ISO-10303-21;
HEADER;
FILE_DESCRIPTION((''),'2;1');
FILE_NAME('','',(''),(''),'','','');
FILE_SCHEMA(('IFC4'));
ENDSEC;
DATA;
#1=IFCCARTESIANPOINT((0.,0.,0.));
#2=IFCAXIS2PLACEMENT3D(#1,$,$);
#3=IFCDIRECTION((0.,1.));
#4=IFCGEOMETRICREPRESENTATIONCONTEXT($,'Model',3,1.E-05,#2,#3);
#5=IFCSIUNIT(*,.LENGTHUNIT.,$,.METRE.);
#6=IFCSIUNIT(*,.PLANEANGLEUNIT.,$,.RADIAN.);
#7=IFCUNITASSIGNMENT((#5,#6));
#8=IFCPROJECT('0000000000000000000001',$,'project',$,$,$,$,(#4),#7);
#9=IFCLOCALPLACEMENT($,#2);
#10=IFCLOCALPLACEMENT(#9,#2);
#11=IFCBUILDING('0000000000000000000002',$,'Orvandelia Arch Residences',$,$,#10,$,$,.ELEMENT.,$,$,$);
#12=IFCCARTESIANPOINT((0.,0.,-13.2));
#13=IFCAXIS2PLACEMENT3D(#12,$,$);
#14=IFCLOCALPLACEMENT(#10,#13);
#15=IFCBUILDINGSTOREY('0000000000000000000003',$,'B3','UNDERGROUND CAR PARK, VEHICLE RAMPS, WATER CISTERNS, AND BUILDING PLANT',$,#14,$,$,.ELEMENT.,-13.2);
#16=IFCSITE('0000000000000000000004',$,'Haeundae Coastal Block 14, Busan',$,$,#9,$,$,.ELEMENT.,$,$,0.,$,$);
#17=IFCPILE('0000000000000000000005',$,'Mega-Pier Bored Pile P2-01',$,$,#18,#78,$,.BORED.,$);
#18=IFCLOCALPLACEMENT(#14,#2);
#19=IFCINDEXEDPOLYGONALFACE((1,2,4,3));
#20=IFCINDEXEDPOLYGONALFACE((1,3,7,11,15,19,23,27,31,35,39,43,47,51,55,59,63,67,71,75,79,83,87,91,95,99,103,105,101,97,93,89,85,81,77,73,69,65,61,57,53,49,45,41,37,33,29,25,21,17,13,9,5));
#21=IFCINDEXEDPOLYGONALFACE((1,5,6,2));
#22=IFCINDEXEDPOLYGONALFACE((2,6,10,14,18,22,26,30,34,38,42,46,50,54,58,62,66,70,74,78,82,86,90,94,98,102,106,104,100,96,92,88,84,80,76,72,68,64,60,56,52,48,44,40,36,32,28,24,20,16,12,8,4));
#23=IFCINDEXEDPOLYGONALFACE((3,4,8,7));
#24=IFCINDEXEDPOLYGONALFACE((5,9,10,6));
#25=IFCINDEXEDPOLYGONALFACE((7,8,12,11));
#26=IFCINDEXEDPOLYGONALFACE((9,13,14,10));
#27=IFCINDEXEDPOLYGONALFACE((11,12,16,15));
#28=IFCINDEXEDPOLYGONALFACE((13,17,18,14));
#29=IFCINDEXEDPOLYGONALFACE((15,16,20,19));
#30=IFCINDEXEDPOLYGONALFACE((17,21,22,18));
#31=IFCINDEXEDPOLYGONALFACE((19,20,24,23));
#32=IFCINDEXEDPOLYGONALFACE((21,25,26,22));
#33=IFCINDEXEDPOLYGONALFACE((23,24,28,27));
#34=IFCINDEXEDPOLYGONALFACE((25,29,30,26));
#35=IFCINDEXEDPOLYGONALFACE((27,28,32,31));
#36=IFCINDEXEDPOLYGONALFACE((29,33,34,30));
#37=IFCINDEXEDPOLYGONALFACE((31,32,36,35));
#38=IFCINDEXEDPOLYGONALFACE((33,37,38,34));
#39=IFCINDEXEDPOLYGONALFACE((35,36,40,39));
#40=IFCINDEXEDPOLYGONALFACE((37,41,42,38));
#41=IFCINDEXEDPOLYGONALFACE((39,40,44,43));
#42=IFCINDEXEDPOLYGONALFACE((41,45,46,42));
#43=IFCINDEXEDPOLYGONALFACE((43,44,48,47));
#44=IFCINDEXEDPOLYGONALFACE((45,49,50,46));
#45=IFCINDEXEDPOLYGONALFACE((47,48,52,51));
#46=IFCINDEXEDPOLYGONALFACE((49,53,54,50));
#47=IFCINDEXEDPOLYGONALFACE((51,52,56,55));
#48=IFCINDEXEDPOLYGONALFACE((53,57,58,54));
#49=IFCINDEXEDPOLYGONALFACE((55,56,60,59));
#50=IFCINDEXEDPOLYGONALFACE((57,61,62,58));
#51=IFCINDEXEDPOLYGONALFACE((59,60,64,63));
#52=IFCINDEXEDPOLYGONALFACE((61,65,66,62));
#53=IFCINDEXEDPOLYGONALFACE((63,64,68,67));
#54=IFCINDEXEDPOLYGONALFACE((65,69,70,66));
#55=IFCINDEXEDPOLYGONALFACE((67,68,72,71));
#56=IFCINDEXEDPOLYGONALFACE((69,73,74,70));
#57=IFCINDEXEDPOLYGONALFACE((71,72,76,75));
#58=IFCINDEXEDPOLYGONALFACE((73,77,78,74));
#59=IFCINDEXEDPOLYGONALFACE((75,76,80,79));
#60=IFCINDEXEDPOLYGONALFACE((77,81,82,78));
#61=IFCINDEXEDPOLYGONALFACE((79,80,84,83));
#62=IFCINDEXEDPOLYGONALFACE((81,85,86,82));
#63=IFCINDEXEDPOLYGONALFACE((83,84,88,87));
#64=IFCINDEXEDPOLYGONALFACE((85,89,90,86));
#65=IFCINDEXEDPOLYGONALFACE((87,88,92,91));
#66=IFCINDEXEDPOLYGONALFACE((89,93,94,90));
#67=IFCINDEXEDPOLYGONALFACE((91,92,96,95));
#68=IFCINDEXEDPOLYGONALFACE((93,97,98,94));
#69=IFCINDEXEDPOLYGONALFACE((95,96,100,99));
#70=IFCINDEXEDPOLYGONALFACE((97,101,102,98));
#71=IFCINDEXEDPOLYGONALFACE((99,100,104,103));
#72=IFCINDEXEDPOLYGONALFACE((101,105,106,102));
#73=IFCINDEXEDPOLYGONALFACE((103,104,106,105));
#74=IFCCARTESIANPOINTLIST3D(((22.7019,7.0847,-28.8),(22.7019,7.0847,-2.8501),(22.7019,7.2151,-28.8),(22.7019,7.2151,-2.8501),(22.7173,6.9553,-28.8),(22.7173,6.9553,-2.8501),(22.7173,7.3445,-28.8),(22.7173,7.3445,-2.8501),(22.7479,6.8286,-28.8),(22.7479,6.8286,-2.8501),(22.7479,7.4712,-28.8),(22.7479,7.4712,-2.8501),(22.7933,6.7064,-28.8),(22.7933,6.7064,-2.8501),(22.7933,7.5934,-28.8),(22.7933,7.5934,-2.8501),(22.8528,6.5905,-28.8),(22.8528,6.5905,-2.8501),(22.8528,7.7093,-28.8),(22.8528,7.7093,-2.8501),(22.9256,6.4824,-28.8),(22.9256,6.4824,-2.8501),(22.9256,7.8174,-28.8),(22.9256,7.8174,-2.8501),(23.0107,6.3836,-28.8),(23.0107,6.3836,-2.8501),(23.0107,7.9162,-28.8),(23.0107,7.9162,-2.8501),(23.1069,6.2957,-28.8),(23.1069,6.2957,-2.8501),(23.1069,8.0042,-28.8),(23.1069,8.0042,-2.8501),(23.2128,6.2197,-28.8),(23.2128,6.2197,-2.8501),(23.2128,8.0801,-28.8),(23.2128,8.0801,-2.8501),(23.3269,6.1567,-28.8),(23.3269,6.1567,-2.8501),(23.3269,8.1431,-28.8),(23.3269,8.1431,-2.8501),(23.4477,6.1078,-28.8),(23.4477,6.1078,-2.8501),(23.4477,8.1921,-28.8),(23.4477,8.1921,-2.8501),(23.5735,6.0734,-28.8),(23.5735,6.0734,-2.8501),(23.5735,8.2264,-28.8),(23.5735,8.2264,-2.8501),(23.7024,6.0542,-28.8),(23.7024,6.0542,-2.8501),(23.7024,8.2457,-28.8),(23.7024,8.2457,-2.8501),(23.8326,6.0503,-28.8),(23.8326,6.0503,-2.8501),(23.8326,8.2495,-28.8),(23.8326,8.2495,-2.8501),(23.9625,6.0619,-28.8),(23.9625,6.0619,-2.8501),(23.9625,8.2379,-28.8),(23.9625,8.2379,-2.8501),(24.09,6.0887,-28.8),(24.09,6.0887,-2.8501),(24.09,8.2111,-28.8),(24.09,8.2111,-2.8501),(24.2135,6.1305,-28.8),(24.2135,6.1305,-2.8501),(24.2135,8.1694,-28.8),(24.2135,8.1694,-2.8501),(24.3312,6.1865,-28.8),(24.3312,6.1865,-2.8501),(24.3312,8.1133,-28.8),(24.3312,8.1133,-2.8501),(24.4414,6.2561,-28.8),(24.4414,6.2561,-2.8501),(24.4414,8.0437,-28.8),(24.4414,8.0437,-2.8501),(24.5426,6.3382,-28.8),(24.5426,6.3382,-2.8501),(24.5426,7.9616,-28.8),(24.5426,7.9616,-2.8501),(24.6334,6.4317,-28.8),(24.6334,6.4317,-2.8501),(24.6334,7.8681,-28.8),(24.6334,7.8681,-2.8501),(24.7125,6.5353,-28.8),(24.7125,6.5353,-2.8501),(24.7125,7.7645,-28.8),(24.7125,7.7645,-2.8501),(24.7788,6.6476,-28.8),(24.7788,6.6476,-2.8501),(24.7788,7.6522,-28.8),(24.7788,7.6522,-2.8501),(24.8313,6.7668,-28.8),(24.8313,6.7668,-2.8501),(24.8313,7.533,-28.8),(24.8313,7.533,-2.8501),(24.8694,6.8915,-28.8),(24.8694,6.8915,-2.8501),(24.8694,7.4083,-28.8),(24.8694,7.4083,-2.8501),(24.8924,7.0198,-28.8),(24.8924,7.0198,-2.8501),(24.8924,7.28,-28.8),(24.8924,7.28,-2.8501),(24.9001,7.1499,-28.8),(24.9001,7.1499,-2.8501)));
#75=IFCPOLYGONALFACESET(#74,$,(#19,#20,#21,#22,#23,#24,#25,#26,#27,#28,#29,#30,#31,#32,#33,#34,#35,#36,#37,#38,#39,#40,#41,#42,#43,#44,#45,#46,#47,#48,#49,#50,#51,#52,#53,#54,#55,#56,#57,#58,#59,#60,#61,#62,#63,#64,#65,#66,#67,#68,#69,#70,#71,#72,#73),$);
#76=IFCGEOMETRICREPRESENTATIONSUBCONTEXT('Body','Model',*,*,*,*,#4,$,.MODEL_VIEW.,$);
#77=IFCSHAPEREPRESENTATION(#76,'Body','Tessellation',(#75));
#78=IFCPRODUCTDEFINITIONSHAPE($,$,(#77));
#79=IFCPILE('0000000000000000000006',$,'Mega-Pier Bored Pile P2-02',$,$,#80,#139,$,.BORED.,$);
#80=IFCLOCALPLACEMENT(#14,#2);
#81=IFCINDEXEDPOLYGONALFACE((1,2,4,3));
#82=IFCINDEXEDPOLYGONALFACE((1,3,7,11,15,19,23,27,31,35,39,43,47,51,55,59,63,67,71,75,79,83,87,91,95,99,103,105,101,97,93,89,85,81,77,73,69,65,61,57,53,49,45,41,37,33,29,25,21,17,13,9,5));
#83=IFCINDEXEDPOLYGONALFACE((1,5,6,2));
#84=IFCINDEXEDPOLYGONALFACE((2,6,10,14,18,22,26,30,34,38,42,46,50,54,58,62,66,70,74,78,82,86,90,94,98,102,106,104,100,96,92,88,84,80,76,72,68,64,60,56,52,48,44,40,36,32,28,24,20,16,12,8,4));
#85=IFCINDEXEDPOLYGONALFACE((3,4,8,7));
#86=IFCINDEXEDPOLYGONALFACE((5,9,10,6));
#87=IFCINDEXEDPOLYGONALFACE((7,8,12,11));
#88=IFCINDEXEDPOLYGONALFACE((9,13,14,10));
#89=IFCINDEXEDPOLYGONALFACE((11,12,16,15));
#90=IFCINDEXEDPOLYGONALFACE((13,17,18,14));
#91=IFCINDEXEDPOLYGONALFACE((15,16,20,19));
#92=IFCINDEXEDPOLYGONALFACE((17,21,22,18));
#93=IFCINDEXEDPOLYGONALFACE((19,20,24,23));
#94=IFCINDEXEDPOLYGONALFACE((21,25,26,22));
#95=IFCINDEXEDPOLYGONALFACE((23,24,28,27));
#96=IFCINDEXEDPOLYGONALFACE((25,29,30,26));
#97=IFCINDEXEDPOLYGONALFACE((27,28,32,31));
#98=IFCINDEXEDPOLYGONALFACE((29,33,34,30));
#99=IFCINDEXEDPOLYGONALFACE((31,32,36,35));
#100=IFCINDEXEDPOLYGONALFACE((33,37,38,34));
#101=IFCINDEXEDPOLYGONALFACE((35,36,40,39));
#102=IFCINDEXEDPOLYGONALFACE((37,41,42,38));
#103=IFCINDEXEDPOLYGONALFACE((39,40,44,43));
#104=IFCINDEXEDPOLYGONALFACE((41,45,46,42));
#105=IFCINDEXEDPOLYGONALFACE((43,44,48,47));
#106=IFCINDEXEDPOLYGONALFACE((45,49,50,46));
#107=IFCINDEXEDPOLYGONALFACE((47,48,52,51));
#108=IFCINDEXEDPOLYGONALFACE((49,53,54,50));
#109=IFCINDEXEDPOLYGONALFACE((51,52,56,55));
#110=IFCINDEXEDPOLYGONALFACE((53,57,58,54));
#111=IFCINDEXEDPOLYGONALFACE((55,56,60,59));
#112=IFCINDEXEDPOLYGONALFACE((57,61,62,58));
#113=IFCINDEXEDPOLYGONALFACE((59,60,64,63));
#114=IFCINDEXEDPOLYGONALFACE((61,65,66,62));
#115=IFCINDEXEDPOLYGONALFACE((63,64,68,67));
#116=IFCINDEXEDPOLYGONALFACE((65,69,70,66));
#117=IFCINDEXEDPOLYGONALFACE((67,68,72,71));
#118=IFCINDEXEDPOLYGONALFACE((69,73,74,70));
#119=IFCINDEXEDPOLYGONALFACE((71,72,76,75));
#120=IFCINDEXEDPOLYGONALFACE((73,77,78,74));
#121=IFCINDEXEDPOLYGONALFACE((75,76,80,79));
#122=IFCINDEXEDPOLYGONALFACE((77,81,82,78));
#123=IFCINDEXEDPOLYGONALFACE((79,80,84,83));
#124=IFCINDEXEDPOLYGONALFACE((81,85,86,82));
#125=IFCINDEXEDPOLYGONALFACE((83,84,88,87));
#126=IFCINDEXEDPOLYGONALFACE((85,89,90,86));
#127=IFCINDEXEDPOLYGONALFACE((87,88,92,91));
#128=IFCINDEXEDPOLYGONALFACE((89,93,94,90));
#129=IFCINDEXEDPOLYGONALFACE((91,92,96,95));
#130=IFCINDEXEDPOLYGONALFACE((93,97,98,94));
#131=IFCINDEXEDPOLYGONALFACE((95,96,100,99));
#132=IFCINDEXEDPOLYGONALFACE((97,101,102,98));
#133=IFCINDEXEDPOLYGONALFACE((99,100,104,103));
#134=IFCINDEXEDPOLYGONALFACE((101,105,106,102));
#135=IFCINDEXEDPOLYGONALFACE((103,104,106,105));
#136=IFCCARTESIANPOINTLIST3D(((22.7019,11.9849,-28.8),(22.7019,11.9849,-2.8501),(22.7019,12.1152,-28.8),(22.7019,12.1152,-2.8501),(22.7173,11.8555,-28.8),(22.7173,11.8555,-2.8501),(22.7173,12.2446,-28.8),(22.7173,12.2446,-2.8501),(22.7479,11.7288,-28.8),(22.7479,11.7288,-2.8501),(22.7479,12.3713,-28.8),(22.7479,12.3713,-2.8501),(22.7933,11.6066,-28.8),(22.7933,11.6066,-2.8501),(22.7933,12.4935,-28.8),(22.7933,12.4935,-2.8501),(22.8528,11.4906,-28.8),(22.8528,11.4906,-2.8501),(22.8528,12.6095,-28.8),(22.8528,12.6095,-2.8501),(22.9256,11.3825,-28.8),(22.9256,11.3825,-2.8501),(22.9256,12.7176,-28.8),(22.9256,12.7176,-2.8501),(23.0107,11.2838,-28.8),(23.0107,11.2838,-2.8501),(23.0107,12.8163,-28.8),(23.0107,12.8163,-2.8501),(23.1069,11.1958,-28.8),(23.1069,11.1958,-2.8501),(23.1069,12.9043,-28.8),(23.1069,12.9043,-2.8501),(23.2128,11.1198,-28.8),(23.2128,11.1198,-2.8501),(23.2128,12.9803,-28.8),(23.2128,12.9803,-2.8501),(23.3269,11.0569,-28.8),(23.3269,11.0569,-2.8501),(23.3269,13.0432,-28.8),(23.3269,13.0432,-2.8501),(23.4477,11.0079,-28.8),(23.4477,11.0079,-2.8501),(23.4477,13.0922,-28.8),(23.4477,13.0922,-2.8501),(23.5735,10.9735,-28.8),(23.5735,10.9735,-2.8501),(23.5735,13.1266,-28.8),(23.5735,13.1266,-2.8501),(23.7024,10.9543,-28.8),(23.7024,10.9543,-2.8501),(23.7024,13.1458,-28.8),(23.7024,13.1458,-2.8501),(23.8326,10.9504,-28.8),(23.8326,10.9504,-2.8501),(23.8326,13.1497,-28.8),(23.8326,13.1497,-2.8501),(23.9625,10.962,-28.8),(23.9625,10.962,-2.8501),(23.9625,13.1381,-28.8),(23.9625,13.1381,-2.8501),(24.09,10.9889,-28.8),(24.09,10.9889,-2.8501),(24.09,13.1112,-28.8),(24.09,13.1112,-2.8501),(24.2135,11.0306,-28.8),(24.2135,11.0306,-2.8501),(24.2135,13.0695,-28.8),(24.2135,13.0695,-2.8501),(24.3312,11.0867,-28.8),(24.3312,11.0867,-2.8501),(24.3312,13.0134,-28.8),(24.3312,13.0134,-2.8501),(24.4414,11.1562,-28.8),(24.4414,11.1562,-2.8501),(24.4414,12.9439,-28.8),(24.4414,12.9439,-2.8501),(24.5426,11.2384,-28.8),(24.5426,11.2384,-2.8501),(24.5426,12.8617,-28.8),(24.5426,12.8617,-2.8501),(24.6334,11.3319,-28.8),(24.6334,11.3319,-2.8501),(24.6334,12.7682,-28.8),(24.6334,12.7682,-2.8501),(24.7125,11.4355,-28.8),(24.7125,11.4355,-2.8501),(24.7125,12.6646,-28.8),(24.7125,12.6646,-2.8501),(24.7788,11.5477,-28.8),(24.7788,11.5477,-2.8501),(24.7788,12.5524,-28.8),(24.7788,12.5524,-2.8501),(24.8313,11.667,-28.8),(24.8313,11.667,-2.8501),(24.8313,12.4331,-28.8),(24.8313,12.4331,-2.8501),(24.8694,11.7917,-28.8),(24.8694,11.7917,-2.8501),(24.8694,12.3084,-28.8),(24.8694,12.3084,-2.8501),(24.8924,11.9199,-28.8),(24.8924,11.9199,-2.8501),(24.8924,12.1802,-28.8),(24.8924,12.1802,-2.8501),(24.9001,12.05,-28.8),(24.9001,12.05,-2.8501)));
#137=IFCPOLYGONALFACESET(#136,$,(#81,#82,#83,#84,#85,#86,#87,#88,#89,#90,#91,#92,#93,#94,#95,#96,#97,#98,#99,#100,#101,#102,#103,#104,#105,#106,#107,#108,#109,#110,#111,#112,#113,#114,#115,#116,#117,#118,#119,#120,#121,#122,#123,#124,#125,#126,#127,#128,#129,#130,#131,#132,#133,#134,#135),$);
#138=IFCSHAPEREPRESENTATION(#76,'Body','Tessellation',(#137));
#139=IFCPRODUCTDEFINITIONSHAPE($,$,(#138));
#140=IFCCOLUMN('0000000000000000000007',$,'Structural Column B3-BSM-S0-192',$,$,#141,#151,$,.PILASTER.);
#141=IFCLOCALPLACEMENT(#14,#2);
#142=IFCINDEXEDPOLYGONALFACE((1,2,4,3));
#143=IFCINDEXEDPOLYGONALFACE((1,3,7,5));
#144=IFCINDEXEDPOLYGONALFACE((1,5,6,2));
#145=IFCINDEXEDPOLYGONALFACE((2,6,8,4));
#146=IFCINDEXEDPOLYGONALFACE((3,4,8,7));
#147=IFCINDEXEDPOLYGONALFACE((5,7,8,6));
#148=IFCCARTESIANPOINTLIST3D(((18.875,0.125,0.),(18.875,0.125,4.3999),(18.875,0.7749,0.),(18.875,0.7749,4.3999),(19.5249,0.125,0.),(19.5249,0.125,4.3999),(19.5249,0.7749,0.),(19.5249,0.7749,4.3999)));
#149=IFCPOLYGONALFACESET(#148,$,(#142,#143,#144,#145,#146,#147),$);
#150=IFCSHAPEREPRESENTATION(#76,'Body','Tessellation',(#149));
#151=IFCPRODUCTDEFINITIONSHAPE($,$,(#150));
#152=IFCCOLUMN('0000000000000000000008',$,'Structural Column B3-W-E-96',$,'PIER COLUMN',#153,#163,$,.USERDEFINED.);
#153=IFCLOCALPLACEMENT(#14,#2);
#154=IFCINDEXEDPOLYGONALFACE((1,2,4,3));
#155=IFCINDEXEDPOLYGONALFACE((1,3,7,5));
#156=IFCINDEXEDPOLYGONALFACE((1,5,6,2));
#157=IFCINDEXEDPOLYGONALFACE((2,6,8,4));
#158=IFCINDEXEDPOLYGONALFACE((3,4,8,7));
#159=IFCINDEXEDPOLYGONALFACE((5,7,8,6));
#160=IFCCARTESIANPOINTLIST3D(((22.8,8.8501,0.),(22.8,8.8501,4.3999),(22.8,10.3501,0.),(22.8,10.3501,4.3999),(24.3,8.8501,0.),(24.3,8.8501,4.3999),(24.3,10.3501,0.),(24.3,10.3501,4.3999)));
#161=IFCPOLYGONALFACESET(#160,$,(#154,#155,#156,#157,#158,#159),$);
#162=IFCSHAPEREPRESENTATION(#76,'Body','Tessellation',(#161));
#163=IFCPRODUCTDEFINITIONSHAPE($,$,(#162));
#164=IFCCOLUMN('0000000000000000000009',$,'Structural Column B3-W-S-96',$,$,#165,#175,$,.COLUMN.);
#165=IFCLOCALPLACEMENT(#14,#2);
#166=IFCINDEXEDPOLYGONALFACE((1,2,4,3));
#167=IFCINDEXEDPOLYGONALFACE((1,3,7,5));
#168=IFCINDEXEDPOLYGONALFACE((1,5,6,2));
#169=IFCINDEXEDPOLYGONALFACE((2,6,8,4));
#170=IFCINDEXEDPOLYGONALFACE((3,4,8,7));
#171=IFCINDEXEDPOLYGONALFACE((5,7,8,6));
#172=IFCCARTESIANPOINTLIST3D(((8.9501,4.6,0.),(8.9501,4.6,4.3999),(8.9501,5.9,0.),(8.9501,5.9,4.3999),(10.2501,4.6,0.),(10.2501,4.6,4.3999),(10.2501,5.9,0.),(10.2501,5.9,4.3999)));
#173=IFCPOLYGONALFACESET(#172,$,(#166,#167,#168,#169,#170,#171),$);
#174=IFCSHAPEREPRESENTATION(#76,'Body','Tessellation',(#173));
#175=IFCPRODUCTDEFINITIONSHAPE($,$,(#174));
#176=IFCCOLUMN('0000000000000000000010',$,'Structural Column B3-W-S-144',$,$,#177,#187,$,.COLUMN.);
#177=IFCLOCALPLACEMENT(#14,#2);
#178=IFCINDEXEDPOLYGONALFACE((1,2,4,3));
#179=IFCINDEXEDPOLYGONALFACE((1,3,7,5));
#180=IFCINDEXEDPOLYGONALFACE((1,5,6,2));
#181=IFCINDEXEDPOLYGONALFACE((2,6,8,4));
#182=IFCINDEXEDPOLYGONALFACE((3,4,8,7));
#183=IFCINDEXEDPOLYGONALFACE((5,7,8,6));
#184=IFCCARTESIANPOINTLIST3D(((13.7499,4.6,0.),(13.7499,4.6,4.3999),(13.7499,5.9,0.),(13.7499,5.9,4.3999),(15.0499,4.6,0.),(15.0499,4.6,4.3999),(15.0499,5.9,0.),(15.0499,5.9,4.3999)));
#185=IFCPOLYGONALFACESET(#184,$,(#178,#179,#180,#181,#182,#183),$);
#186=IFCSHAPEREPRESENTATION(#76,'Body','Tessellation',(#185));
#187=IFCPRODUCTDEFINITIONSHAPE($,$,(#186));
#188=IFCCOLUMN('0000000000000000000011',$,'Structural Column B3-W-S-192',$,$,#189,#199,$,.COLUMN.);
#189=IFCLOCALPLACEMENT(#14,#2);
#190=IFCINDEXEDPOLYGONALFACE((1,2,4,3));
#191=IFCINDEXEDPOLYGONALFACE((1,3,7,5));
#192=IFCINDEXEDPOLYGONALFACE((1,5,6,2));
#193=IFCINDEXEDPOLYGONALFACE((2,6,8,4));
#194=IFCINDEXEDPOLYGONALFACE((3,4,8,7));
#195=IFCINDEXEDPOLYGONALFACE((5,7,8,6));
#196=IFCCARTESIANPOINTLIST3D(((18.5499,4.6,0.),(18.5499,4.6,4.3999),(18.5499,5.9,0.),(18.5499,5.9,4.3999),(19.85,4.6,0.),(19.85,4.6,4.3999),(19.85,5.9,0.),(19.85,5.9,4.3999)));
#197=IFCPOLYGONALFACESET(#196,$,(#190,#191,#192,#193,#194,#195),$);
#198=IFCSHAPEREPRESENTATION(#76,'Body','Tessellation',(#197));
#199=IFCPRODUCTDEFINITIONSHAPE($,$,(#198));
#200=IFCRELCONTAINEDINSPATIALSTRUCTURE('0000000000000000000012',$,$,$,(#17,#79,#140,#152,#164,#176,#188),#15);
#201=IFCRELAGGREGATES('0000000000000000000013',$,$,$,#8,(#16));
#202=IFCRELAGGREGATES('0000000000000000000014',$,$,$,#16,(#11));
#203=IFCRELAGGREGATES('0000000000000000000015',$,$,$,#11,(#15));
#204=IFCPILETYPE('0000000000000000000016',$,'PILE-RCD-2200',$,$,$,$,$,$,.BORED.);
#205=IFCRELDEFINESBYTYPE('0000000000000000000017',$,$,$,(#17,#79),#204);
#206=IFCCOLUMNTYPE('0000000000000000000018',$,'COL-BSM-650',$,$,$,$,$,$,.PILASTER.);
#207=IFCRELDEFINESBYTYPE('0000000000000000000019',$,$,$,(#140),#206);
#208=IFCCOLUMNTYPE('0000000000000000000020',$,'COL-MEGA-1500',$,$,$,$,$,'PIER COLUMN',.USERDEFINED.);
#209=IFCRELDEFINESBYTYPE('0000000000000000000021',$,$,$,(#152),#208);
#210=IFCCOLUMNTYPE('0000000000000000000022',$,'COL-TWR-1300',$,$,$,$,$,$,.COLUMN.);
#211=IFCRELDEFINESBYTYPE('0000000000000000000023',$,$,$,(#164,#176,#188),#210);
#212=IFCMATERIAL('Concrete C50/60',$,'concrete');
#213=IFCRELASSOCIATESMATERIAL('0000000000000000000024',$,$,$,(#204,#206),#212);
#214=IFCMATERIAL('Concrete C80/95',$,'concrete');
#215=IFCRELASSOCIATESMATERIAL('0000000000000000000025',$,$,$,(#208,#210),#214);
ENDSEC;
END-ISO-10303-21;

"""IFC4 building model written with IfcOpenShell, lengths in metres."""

from ifc_helpers import new_model, si_unit, direction, frame, origin, origin_2d, place, context, subcontext, project, spatial, rectangle, circle, extrude, material, material_profile, profile_set, type_object, element, save


model = new_model("IFC4")

# Units and contexts
model_context = context("Model", 3, precision=1e-05, world=origin(), true_north=direction((0.0, 1.0)))
body_context = subcontext(model_context, "Body", "Model", "MODEL_VIEW")
ifc_project = project(units=[si_unit("LENGTHUNIT", "METRE"), si_unit("PLANEANGLEUNIT", "RADIAN")], contexts=[model_context])

# Site, building, storey
site_placement = place(None, origin())
site = spatial("IfcSite", under=ifc_project, at=site_placement, Name="Haeundae Coastal Block 14, Busan", CompositionType="ELEMENT", RefElevation=0.0)
building_placement = place(site_placement, origin())
building = spatial("IfcBuilding", under=site, at=building_placement, Name="Orvandelia Arch Residences", CompositionType="ELEMENT")
storey_placement = place(building_placement, frame((0.0, 0.0, -13.2)))
storey = spatial("IfcBuildingStorey", under=building, at=storey_placement, Name="B3", Description="UNDERGROUND CAR PARK, VEHICLE RAMPS, WATER CISTERNS, AND BUILDING PLANT", CompositionType="ELEMENT", Elevation=-13.2)

# Shared definitions
ifc_material_1 = material(Name="Concrete C50/60", Category="concrete")

# Piles
ifc_material_profile_1 = material_profile(ifc_material_1, circle(Radius=1.1001, at=origin_2d()), Name="Concrete C50/60", Category="concrete")
ifc_profile_set_1 = profile_set([ifc_material_profile_1], Name="Concrete C50/60")
pile_type_1 = type_object("IfcPileType", Name="PILE-RCD-2200", PredefinedType="BORED", material=ifc_profile_set_1)
for number, where, z_axis, x_axis, name in (
    (1, (23.8, 7.1499, -2.8501), (0.0, 0.0, -1.0), (1.0, 0.0, 0.0), "Mega-Pier Bored Pile P2-01"),
    (2, (23.8, 12.05, -2.8501), (0.0, 0.0, -1.0), (1.0, 0.0, 0.0), "Mega-Pier Bored Pile P2-02"),
):
    element("IfcPile", number, at=place(storey_placement, frame(where, z_axis=z_axis, x_axis=x_axis)), inside=storey, type_object=pile_type_1, Name=name, PredefinedType="BORED", context=body_context, shape_type="SweptSolid", body=[
        extrude(circle(Radius=1.1001, at=origin_2d()), origin(), (0.0, 0.0, 1.0), 25.95),
    ])

# Columns
ifc_material_profile_2 = material_profile(ifc_material_1, rectangle(XDim=0.6499, YDim=0.6499, at=origin_2d()), Name="Concrete C50/60", Category="concrete")
ifc_profile_set_2 = profile_set([ifc_material_profile_2], Name="Concrete C50/60")
column_type_1 = type_object("IfcColumnType", Name="COL-BSM-650", PredefinedType="PILASTER", material=ifc_profile_set_2)
column_1_placement = place(storey_placement, frame((19.2, 0.45, 0.0), z_axis=(0.0, 0.0, 1.0), x_axis=(1.0, 0.0, 0.0)))
element("IfcColumn", 3, at=column_1_placement, inside=storey, type_object=column_type_1, Name="Structural Column B3-BSM-S0-192", PredefinedType="PILASTER", context=body_context, shape_type="SweptSolid", body=[
    extrude(rectangle(XDim=0.6499, YDim=0.6499, at=origin_2d()), origin(), (0.0, 0.0, 1.0), 4.3999),
])
ifc_material_2 = material(Name="Concrete C80/95", Category="concrete")
ifc_material_profile_3 = material_profile(ifc_material_2, rectangle(XDim=1.5, YDim=1.5, at=origin_2d()), Name="Concrete C80/95", Category="concrete")
ifc_profile_set_3 = profile_set([ifc_material_profile_3], Name="Concrete C80/95")
column_type_2 = type_object("IfcColumnType", Name="COL-MEGA-1500", ElementType="PIER COLUMN", PredefinedType="USERDEFINED", material=ifc_profile_set_3)
column_2_placement = place(storey_placement, frame((23.55, 9.6001, 0.0), z_axis=(0.0, 0.0, 1.0), x_axis=(1.0, 0.0, 0.0)))
element("IfcColumn", 4, at=column_2_placement, inside=storey, type_object=column_type_2, Name="Structural Column B3-W-E-96", ObjectType="PIER COLUMN", PredefinedType="USERDEFINED", context=body_context, shape_type="SweptSolid", body=[
    extrude(rectangle(XDim=1.5, YDim=1.5, at=origin_2d()), origin(), (0.0, 0.0, 1.0), 4.3999),
])
ifc_material_profile_4 = material_profile(ifc_material_2, rectangle(XDim=1.3, YDim=1.3, at=origin_2d()), Name="Concrete C80/95", Category="concrete")
ifc_profile_set_4 = profile_set([ifc_material_profile_4], Name="Concrete C80/95")
column_type_3 = type_object("IfcColumnType", Name="COL-TWR-1300", PredefinedType="COLUMN", material=ifc_profile_set_4)
for number, where, z_axis, x_axis, name in (
    (5, (9.6001, 5.25, 0.0), (0.0, 0.0, 1.0), (1.0, 0.0, 0.0), "Structural Column B3-W-S-96"),
    (6, (14.3999, 5.25, 0.0), (0.0, 0.0, 1.0), (1.0, 0.0, 0.0), "Structural Column B3-W-S-144"),
    (7, (19.2, 5.25, 0.0), (0.0, 0.0, 1.0), (1.0, 0.0, 0.0), "Structural Column B3-W-S-192"),
):
    element("IfcColumn", number, at=place(storey_placement, frame(where, z_axis=z_axis, x_axis=x_axis)), inside=storey, type_object=column_type_3, Name=name, PredefinedType="COLUMN", context=body_context, shape_type="SweptSolid", body=[
        extrude(rectangle(XDim=1.3, YDim=1.3, at=origin_2d()), origin(), (0.0, 0.0, 1.0), 4.3999),
    ])

save(model, "model.ifc")
